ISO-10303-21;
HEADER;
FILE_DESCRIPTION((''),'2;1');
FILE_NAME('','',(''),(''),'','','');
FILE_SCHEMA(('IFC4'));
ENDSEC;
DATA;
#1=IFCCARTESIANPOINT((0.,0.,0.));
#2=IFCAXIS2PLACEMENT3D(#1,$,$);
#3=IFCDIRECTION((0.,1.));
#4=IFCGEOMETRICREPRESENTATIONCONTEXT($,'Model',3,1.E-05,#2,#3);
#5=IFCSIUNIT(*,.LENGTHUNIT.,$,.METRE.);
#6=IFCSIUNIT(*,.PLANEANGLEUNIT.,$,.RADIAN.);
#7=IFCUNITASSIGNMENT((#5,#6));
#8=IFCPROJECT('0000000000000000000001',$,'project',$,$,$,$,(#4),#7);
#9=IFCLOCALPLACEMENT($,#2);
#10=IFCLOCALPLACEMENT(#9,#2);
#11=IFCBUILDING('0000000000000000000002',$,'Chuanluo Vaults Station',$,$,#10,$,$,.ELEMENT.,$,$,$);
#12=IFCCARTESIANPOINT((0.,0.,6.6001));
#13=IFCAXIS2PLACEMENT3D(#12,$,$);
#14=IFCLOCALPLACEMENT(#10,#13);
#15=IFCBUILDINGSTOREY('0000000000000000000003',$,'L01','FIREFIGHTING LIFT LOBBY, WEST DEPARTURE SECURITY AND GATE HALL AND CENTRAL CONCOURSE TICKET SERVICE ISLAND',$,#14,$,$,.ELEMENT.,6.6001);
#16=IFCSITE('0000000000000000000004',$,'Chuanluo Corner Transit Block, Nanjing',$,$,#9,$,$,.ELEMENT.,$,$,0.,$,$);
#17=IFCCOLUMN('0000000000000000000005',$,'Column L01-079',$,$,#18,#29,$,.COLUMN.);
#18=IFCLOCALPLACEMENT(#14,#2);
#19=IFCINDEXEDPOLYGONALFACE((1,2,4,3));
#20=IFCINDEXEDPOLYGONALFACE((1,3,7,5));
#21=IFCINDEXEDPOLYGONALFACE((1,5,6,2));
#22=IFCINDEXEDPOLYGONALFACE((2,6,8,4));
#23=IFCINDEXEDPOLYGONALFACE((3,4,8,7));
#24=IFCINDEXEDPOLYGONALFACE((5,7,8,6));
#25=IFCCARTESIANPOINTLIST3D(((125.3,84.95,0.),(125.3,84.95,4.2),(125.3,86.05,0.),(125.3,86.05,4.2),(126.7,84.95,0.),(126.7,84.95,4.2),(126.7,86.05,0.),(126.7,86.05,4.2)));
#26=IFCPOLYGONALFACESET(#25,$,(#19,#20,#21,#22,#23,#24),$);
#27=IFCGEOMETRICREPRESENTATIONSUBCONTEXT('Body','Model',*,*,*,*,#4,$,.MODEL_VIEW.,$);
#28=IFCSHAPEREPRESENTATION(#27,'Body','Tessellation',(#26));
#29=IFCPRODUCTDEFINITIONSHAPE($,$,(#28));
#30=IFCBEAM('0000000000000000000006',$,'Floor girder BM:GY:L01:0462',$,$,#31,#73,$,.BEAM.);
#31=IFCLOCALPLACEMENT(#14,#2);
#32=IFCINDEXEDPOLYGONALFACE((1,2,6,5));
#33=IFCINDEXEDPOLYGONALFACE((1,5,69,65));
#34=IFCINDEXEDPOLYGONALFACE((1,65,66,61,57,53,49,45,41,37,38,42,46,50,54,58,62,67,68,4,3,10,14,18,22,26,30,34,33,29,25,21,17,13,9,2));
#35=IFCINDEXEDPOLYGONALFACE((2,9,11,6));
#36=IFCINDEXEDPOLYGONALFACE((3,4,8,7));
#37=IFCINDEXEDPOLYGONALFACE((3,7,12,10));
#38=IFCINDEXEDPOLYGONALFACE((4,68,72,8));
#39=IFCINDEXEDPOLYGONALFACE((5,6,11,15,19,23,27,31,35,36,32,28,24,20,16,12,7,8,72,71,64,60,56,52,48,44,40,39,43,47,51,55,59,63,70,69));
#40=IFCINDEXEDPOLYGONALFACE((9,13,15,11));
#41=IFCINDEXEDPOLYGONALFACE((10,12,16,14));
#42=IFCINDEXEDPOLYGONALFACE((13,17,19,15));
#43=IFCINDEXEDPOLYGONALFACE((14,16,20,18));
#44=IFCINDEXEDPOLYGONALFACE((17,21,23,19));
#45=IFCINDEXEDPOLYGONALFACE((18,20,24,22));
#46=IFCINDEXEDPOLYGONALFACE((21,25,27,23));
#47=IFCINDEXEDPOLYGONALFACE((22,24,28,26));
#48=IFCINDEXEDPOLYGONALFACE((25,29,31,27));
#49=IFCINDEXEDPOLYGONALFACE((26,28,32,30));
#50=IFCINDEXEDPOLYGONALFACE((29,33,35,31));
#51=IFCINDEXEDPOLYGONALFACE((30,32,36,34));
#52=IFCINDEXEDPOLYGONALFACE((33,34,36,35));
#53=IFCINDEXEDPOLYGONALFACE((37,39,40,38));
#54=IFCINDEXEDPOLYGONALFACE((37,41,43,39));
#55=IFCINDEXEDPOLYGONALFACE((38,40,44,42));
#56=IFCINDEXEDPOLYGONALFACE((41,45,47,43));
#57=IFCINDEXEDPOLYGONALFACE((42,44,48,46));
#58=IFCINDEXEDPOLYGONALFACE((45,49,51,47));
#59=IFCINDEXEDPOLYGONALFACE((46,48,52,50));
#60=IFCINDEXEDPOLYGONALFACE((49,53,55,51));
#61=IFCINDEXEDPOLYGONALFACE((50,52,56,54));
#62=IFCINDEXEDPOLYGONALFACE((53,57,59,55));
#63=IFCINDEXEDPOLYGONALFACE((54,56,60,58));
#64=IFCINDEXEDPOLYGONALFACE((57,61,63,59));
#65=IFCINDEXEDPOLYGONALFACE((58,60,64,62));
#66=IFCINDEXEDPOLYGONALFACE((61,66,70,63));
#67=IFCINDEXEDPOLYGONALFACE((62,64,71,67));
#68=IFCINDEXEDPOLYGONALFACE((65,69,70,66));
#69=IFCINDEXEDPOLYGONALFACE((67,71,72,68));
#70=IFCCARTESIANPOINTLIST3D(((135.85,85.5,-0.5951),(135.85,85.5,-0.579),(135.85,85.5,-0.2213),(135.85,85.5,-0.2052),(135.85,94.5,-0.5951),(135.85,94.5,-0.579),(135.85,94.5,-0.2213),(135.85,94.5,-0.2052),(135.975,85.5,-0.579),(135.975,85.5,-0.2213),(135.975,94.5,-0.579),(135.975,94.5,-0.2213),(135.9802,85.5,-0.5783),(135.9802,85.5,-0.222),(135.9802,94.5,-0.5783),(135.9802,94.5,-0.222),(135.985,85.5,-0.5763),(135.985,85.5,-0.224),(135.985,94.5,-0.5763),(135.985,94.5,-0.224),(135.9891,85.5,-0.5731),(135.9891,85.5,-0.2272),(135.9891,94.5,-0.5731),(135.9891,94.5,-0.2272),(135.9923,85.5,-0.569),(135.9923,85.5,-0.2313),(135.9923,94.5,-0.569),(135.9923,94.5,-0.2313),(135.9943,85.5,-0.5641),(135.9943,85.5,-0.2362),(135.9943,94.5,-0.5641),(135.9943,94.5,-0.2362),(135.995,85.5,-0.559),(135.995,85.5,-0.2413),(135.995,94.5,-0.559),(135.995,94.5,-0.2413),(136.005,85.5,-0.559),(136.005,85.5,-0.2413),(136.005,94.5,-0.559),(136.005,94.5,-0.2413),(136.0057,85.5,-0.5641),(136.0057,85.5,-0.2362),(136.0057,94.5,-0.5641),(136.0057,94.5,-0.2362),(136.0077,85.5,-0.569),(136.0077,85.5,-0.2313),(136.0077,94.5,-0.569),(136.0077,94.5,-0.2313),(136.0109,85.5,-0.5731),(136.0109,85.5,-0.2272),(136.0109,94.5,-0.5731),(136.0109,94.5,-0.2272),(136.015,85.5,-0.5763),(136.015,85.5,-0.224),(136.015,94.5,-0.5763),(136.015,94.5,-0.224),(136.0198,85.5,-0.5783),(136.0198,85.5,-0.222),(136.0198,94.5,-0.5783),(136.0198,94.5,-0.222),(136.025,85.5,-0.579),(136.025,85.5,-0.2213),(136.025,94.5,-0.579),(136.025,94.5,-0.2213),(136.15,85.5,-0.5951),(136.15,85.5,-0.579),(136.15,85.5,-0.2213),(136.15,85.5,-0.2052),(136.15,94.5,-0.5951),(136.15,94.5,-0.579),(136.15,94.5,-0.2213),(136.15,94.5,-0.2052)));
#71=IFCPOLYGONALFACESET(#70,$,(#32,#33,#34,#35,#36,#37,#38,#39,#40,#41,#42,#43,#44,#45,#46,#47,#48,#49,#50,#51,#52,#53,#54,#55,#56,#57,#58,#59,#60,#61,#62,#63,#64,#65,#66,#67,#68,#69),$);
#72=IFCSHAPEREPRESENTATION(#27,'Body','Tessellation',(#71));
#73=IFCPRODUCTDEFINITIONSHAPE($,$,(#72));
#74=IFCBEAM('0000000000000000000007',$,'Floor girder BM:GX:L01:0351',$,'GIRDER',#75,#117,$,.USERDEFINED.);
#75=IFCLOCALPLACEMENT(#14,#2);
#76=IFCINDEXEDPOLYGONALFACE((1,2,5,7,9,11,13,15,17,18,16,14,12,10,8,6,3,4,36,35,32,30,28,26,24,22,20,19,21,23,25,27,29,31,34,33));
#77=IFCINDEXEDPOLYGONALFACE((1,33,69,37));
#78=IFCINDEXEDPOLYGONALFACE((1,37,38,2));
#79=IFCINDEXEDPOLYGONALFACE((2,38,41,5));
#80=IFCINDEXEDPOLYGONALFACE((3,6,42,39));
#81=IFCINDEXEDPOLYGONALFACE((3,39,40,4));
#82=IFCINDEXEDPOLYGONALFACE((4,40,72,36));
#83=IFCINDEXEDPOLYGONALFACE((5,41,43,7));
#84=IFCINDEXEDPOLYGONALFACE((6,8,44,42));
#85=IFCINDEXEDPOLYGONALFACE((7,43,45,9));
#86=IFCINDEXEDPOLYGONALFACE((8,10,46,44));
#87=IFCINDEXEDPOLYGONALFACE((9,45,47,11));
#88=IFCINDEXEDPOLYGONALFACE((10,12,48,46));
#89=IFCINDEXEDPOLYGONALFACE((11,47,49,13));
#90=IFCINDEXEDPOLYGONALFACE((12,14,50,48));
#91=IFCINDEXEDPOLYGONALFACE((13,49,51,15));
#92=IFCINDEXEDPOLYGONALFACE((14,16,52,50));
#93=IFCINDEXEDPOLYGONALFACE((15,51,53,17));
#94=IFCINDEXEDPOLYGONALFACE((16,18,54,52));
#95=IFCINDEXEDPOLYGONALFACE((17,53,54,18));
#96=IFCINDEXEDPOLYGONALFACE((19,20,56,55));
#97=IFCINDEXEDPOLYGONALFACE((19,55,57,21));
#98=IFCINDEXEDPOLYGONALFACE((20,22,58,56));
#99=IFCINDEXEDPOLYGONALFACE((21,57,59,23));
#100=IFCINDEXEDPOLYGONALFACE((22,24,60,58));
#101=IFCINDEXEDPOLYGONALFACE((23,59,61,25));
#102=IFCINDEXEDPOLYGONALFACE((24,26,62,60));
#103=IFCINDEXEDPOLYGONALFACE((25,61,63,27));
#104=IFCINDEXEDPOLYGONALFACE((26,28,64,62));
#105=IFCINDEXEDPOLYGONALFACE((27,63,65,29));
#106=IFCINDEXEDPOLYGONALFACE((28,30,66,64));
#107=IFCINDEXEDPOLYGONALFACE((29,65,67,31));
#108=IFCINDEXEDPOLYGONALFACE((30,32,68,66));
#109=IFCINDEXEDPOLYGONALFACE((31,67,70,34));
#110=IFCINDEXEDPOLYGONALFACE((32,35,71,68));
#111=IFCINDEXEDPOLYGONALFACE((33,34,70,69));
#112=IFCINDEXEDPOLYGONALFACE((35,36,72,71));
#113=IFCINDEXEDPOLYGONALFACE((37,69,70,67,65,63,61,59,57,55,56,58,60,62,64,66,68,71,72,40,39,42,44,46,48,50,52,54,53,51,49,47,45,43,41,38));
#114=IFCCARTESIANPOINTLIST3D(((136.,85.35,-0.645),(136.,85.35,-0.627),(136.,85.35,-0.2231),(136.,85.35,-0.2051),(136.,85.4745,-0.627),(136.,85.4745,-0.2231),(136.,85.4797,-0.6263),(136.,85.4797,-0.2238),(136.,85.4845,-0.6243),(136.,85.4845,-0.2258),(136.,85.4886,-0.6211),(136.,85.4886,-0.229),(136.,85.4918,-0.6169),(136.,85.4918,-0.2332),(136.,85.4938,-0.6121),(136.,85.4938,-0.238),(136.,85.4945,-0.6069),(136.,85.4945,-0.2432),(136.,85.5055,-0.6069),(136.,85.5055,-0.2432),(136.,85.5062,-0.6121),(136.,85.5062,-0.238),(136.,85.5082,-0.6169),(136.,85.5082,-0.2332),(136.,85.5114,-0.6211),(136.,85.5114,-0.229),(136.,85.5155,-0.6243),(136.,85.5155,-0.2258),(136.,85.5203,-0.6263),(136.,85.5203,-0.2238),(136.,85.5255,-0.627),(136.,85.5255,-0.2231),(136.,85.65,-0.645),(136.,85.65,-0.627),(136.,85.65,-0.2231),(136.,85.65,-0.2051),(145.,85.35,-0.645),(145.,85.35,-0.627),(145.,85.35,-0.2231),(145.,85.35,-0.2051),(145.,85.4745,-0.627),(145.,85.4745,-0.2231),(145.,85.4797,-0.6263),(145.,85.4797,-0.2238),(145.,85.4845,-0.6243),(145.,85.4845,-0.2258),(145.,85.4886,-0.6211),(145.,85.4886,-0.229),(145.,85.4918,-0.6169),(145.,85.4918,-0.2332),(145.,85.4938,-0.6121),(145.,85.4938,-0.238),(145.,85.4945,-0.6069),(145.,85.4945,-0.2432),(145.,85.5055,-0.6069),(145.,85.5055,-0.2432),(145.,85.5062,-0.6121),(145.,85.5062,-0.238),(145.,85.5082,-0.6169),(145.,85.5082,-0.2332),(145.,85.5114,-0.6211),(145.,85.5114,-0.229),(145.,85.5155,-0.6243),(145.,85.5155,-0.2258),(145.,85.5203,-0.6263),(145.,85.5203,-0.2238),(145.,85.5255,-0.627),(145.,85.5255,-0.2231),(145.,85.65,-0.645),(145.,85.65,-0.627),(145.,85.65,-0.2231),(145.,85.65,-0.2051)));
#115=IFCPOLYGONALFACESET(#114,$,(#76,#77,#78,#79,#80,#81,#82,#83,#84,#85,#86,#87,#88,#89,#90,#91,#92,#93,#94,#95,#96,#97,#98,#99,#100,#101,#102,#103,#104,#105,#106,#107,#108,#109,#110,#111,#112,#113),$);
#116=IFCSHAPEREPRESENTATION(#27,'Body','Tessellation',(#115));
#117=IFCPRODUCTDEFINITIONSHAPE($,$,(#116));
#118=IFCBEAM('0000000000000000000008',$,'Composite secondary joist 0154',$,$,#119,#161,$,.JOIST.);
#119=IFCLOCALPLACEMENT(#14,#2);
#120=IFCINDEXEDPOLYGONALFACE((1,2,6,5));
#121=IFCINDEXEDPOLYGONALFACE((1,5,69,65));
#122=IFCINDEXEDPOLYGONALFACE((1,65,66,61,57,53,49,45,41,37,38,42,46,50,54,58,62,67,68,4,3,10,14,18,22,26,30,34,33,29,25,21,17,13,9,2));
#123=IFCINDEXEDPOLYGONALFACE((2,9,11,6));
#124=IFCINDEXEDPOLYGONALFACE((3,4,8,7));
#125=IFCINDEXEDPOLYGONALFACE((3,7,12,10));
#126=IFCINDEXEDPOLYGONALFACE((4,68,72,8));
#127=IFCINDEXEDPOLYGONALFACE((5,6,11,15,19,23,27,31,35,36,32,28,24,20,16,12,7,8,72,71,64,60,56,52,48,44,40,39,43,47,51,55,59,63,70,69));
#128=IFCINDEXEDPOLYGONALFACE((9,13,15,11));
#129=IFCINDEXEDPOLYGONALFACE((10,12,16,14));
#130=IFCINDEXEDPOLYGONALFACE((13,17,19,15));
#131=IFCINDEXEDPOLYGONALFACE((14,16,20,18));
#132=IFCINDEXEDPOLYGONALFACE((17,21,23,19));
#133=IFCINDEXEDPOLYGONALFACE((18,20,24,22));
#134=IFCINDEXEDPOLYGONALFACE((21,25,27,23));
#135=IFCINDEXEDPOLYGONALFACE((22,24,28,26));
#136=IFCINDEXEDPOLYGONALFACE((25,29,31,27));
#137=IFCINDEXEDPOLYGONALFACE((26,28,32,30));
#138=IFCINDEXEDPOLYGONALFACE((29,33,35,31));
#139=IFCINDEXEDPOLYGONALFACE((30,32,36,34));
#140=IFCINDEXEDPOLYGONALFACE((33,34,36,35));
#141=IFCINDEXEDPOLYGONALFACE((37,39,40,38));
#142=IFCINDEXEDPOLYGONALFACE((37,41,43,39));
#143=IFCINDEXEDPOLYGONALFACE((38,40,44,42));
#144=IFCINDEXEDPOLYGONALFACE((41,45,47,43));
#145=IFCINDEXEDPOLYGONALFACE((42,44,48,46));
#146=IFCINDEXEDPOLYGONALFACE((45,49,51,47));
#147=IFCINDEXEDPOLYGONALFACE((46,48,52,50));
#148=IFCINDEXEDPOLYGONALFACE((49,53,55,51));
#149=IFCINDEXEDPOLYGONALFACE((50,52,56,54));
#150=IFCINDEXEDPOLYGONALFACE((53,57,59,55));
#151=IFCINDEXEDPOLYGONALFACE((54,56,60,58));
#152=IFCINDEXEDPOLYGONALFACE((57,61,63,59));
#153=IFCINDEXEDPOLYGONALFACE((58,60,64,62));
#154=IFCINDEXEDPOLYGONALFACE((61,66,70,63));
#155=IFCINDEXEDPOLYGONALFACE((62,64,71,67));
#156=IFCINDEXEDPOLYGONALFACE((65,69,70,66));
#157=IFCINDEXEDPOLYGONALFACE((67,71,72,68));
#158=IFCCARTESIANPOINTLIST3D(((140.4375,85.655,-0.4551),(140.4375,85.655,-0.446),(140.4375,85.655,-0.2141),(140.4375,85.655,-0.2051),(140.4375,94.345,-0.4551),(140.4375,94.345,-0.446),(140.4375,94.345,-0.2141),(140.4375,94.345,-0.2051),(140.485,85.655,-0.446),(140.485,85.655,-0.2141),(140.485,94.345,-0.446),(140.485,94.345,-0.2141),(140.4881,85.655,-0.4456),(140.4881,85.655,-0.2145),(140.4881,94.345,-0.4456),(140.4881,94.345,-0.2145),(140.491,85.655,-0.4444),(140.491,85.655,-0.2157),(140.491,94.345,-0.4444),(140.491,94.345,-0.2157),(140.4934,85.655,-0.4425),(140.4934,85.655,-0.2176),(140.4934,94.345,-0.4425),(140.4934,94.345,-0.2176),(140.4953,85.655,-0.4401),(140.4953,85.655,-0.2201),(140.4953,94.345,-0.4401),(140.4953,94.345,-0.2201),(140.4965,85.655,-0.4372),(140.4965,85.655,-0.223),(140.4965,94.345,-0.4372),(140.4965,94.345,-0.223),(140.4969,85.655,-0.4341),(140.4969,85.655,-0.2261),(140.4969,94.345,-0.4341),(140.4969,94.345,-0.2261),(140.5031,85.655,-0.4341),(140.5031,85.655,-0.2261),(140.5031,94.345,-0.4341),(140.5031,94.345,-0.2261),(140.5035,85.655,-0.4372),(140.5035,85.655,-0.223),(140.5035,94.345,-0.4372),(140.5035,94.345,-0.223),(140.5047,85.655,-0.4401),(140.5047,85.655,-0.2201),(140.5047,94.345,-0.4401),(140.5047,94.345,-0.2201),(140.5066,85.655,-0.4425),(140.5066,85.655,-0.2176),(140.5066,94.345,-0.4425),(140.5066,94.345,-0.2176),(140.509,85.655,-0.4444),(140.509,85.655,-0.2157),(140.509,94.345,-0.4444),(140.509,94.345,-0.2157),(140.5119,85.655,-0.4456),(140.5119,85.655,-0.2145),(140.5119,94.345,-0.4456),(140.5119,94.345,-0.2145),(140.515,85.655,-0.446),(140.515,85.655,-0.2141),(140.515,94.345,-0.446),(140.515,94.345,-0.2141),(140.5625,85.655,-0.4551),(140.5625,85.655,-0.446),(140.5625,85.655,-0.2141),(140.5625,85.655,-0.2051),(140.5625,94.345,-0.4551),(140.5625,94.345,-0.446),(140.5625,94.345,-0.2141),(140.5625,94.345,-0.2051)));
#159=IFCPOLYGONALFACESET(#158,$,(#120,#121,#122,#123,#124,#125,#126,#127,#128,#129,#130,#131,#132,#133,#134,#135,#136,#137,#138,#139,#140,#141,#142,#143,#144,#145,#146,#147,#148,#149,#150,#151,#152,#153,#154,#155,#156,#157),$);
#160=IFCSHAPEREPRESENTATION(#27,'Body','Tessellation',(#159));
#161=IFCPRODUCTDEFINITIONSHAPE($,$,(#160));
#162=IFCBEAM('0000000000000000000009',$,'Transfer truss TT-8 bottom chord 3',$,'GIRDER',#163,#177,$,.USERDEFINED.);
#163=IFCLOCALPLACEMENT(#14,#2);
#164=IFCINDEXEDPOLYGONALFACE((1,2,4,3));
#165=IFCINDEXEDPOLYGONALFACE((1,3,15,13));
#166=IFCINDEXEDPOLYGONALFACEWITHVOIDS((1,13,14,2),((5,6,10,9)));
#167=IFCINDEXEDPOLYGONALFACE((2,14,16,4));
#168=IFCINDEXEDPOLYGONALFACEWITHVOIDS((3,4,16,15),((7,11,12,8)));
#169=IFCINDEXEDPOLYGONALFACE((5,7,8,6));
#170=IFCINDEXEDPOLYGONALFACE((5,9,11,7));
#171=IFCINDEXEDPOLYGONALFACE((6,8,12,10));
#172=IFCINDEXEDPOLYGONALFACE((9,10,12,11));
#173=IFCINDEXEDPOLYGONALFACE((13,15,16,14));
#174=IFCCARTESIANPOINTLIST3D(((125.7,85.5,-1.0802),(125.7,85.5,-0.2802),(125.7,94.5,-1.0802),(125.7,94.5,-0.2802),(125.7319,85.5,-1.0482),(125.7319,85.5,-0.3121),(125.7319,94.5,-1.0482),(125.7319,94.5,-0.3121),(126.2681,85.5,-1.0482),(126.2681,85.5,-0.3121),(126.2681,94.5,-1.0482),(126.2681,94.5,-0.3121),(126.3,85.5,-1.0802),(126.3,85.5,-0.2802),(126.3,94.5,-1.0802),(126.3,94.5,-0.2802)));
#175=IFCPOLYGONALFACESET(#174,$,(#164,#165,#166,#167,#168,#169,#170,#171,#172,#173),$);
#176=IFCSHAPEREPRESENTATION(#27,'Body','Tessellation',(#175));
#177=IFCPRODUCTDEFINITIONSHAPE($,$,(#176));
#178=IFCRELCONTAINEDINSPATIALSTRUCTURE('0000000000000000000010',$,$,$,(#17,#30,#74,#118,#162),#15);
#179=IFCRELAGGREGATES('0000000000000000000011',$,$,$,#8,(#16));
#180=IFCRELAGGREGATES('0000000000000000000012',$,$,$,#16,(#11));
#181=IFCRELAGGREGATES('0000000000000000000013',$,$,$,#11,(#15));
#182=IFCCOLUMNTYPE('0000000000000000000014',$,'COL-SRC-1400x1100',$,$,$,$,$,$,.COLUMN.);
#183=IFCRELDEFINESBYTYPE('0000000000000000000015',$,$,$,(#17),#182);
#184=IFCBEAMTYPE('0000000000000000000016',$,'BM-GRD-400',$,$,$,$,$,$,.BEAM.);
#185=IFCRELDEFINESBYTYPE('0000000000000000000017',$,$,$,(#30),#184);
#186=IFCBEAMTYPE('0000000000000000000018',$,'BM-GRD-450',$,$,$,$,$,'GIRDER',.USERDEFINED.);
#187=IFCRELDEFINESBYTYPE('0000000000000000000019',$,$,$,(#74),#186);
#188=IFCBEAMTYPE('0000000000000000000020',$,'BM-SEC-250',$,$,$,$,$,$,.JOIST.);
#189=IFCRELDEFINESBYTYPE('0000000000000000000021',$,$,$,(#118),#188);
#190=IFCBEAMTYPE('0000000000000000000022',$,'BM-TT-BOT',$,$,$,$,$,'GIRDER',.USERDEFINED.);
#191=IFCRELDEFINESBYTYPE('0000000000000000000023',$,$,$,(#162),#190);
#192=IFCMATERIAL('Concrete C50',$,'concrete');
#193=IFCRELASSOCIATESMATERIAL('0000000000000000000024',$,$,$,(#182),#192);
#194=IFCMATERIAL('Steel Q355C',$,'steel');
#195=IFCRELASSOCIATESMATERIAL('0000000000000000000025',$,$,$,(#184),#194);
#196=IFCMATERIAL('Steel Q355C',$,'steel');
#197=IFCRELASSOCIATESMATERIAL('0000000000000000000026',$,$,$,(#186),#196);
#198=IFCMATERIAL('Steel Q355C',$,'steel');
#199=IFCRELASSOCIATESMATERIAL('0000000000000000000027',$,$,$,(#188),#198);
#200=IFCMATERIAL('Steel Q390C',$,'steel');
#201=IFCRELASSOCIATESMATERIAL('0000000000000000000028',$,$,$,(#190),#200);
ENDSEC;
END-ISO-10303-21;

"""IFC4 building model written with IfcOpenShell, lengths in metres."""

from ifc_helpers import new_model, si_unit, direction, frame, origin, origin_2d, place, context, subcontext, project, spatial, rectangle, hollow_rectangle, i_section, extrude, material, material_profile, profile_set, type_object, element, save


model = new_model("IFC4")

# Units and contexts
model_context = context("Model", 3, precision=1e-05, world=origin(), true_north=direction((0.0, 1.0)))
body_context = subcontext(model_context, "Body", "Model", "MODEL_VIEW")
ifc_project = project(units=[si_unit("LENGTHUNIT", "METRE"), si_unit("PLANEANGLEUNIT", "RADIAN")], contexts=[model_context])

# Site, building, storey
site_placement = place(None, origin())
site = spatial("IfcSite", under=ifc_project, at=site_placement, Name="Chuanluo Corner Transit Block, Nanjing", CompositionType="ELEMENT", RefElevation=0.0)
building_placement = place(site_placement, origin())
building = spatial("IfcBuilding", under=site, at=building_placement, Name="Chuanluo Vaults Station", CompositionType="ELEMENT")
storey_placement = place(building_placement, frame((0.0, 0.0, 6.6001)))
storey = spatial("IfcBuildingStorey", under=building, at=storey_placement, Name="L01", Description="FIREFIGHTING LIFT LOBBY, WEST DEPARTURE SECURITY AND GATE HALL AND CENTRAL CONCOURSE TICKET SERVICE ISLAND", CompositionType="ELEMENT", Elevation=6.6001)

# Column
ifc_material_1 = material(Name="Concrete C50", Category="concrete")
ifc_material_profile_1 = material_profile(ifc_material_1, rectangle(XDim=1.3999, YDim=1.1001, at=origin_2d()))
ifc_profile_set_1 = profile_set([ifc_material_profile_1], Name="Concrete C50")
column_type = type_object("IfcColumnType", Name="COL-SRC-1400x1100", PredefinedType="COLUMN", material=ifc_profile_set_1)
column_placement = place(storey_placement, frame((126.0, 85.5, 0.0), z_axis=(0.0, 0.0, 1.0), x_axis=(1.0, 0.0, 0.0)))
element("IfcColumn", 1, at=column_placement, inside=storey, type_object=column_type, Name="Column L01-079", PredefinedType="COLUMN", context=body_context, shape_type="SweptSolid", body=[
    extrude(rectangle(XDim=1.3999, YDim=1.1001, at=origin_2d()), origin(), (0.0, 0.0, 1.0), 4.2),
])

# Beams
ifc_material_2 = material(Name="Steel Q355C", Category="steel")
ifc_material_profile_2 = material_profile(ifc_material_2, i_section(OverallWidth=0.3, OverallDepth=0.3899, WebThickness=0.01, FlangeThickness=0.0161, FilletRadius=0.02, at=origin_2d()))
ifc_profile_set_2 = profile_set([ifc_material_profile_2], Name="Steel Q355C")
beam_type_1 = type_object("IfcBeamType", Name="BM-GRD-400", PredefinedType="BEAM", material=ifc_profile_set_2)
beam_1_placement = place(storey_placement, frame((136.0, 85.5, -0.4001), z_axis=(0.0, 1.0, 0.0), x_axis=(-1.0, 0.0, 0.0)))
element("IfcBeam", 2, at=beam_1_placement, inside=storey, type_object=beam_type_1, Name="Floor girder BM:GY:L01:0462", PredefinedType="BEAM", context=body_context, shape_type="SweptSolid", body=[
    extrude(i_section(OverallWidth=0.3, OverallDepth=0.3899, WebThickness=0.01, FlangeThickness=0.0161, FilletRadius=0.02, at=origin_2d()), origin(), (0.0, 0.0, 1.0), 9.0),
])
ifc_material_3 = material(Name="Steel Q355C", Category="steel")
ifc_material_profile_3 = material_profile(ifc_material_3, i_section(OverallWidth=0.3, OverallDepth=0.4399, WebThickness=0.011, FlangeThickness=0.0181, FilletRadius=0.02, at=origin_2d()))
ifc_profile_set_3 = profile_set([ifc_material_profile_3], Name="Steel Q355C")
beam_type_2 = type_object("IfcBeamType", Name="BM-GRD-450", ElementType="GIRDER", PredefinedType="USERDEFINED", material=ifc_profile_set_3)
beam_2_placement = place(storey_placement, frame((136.0, 85.5, -0.425), z_axis=(1.0, 0.0, 0.0), x_axis=(0.0, 1.0, 0.0)))
element("IfcBeam", 3, at=beam_2_placement, inside=storey, type_object=beam_type_2, Name="Floor girder BM:GX:L01:0351", ObjectType="GIRDER", PredefinedType="USERDEFINED", context=body_context, shape_type="SweptSolid", body=[
    extrude(i_section(OverallWidth=0.3, OverallDepth=0.4399, WebThickness=0.011, FlangeThickness=0.0181, FilletRadius=0.02, at=origin_2d()), origin(), (0.0, 0.0, 1.0), 9.0),
])
ifc_material_4 = material(Name="Steel Q355C", Category="steel")
ifc_material_profile_4 = material_profile(ifc_material_4, i_section(OverallWidth=0.125, OverallDepth=0.25, WebThickness=0.0061, FlangeThickness=0.009, FilletRadius=0.012, at=origin_2d()))
ifc_profile_set_4 = profile_set([ifc_material_profile_4], Name="Steel Q355C")
beam_type_3 = type_object("IfcBeamType", Name="BM-SEC-250", PredefinedType="JOIST", material=ifc_profile_set_4)
beam_3_placement = place(storey_placement, frame((140.5, 85.655, -0.3301), z_axis=(0.0, 1.0, 0.0), x_axis=(-1.0, 0.0, 0.0)))
element("IfcBeam", 4, at=beam_3_placement, inside=storey, type_object=beam_type_3, Name="Composite secondary joist 0154", PredefinedType="JOIST", context=body_context, shape_type="SweptSolid", body=[
    extrude(i_section(OverallWidth=0.125, OverallDepth=0.25, WebThickness=0.0061, FlangeThickness=0.009, FilletRadius=0.012, at=origin_2d()), origin(), (0.0, 0.0, 1.0), 8.6899),
])
ifc_material_5 = material(Name="Steel Q390C", Category="steel")
ifc_material_profile_5 = material_profile(ifc_material_5, hollow_rectangle(XDim=0.6001, YDim=0.8, WallThickness=0.032, at=origin_2d()))
ifc_profile_set_5 = profile_set([ifc_material_profile_5], Name="Steel Q390C")
beam_type_4 = type_object("IfcBeamType", Name="BM-TT-BOT", ElementType="GIRDER", PredefinedType="USERDEFINED", material=ifc_profile_set_5)
beam_4_placement = place(storey_placement, frame((126.0, 85.5, -0.6802), z_axis=(0.0, 1.0, 0.0), x_axis=(-1.0, 0.0, 0.0)))
element("IfcBeam", 5, at=beam_4_placement, inside=storey, type_object=beam_type_4, Name="Transfer truss TT-8 bottom chord 3", ObjectType="GIRDER", PredefinedType="USERDEFINED", context=body_context, shape_type="SweptSolid", body=[
    extrude(hollow_rectangle(XDim=0.6001, YDim=0.8, WallThickness=0.032, at=origin_2d()), origin(), (0.0, 0.0, 1.0), 9.0),
])

save(model, "model.ifc")
